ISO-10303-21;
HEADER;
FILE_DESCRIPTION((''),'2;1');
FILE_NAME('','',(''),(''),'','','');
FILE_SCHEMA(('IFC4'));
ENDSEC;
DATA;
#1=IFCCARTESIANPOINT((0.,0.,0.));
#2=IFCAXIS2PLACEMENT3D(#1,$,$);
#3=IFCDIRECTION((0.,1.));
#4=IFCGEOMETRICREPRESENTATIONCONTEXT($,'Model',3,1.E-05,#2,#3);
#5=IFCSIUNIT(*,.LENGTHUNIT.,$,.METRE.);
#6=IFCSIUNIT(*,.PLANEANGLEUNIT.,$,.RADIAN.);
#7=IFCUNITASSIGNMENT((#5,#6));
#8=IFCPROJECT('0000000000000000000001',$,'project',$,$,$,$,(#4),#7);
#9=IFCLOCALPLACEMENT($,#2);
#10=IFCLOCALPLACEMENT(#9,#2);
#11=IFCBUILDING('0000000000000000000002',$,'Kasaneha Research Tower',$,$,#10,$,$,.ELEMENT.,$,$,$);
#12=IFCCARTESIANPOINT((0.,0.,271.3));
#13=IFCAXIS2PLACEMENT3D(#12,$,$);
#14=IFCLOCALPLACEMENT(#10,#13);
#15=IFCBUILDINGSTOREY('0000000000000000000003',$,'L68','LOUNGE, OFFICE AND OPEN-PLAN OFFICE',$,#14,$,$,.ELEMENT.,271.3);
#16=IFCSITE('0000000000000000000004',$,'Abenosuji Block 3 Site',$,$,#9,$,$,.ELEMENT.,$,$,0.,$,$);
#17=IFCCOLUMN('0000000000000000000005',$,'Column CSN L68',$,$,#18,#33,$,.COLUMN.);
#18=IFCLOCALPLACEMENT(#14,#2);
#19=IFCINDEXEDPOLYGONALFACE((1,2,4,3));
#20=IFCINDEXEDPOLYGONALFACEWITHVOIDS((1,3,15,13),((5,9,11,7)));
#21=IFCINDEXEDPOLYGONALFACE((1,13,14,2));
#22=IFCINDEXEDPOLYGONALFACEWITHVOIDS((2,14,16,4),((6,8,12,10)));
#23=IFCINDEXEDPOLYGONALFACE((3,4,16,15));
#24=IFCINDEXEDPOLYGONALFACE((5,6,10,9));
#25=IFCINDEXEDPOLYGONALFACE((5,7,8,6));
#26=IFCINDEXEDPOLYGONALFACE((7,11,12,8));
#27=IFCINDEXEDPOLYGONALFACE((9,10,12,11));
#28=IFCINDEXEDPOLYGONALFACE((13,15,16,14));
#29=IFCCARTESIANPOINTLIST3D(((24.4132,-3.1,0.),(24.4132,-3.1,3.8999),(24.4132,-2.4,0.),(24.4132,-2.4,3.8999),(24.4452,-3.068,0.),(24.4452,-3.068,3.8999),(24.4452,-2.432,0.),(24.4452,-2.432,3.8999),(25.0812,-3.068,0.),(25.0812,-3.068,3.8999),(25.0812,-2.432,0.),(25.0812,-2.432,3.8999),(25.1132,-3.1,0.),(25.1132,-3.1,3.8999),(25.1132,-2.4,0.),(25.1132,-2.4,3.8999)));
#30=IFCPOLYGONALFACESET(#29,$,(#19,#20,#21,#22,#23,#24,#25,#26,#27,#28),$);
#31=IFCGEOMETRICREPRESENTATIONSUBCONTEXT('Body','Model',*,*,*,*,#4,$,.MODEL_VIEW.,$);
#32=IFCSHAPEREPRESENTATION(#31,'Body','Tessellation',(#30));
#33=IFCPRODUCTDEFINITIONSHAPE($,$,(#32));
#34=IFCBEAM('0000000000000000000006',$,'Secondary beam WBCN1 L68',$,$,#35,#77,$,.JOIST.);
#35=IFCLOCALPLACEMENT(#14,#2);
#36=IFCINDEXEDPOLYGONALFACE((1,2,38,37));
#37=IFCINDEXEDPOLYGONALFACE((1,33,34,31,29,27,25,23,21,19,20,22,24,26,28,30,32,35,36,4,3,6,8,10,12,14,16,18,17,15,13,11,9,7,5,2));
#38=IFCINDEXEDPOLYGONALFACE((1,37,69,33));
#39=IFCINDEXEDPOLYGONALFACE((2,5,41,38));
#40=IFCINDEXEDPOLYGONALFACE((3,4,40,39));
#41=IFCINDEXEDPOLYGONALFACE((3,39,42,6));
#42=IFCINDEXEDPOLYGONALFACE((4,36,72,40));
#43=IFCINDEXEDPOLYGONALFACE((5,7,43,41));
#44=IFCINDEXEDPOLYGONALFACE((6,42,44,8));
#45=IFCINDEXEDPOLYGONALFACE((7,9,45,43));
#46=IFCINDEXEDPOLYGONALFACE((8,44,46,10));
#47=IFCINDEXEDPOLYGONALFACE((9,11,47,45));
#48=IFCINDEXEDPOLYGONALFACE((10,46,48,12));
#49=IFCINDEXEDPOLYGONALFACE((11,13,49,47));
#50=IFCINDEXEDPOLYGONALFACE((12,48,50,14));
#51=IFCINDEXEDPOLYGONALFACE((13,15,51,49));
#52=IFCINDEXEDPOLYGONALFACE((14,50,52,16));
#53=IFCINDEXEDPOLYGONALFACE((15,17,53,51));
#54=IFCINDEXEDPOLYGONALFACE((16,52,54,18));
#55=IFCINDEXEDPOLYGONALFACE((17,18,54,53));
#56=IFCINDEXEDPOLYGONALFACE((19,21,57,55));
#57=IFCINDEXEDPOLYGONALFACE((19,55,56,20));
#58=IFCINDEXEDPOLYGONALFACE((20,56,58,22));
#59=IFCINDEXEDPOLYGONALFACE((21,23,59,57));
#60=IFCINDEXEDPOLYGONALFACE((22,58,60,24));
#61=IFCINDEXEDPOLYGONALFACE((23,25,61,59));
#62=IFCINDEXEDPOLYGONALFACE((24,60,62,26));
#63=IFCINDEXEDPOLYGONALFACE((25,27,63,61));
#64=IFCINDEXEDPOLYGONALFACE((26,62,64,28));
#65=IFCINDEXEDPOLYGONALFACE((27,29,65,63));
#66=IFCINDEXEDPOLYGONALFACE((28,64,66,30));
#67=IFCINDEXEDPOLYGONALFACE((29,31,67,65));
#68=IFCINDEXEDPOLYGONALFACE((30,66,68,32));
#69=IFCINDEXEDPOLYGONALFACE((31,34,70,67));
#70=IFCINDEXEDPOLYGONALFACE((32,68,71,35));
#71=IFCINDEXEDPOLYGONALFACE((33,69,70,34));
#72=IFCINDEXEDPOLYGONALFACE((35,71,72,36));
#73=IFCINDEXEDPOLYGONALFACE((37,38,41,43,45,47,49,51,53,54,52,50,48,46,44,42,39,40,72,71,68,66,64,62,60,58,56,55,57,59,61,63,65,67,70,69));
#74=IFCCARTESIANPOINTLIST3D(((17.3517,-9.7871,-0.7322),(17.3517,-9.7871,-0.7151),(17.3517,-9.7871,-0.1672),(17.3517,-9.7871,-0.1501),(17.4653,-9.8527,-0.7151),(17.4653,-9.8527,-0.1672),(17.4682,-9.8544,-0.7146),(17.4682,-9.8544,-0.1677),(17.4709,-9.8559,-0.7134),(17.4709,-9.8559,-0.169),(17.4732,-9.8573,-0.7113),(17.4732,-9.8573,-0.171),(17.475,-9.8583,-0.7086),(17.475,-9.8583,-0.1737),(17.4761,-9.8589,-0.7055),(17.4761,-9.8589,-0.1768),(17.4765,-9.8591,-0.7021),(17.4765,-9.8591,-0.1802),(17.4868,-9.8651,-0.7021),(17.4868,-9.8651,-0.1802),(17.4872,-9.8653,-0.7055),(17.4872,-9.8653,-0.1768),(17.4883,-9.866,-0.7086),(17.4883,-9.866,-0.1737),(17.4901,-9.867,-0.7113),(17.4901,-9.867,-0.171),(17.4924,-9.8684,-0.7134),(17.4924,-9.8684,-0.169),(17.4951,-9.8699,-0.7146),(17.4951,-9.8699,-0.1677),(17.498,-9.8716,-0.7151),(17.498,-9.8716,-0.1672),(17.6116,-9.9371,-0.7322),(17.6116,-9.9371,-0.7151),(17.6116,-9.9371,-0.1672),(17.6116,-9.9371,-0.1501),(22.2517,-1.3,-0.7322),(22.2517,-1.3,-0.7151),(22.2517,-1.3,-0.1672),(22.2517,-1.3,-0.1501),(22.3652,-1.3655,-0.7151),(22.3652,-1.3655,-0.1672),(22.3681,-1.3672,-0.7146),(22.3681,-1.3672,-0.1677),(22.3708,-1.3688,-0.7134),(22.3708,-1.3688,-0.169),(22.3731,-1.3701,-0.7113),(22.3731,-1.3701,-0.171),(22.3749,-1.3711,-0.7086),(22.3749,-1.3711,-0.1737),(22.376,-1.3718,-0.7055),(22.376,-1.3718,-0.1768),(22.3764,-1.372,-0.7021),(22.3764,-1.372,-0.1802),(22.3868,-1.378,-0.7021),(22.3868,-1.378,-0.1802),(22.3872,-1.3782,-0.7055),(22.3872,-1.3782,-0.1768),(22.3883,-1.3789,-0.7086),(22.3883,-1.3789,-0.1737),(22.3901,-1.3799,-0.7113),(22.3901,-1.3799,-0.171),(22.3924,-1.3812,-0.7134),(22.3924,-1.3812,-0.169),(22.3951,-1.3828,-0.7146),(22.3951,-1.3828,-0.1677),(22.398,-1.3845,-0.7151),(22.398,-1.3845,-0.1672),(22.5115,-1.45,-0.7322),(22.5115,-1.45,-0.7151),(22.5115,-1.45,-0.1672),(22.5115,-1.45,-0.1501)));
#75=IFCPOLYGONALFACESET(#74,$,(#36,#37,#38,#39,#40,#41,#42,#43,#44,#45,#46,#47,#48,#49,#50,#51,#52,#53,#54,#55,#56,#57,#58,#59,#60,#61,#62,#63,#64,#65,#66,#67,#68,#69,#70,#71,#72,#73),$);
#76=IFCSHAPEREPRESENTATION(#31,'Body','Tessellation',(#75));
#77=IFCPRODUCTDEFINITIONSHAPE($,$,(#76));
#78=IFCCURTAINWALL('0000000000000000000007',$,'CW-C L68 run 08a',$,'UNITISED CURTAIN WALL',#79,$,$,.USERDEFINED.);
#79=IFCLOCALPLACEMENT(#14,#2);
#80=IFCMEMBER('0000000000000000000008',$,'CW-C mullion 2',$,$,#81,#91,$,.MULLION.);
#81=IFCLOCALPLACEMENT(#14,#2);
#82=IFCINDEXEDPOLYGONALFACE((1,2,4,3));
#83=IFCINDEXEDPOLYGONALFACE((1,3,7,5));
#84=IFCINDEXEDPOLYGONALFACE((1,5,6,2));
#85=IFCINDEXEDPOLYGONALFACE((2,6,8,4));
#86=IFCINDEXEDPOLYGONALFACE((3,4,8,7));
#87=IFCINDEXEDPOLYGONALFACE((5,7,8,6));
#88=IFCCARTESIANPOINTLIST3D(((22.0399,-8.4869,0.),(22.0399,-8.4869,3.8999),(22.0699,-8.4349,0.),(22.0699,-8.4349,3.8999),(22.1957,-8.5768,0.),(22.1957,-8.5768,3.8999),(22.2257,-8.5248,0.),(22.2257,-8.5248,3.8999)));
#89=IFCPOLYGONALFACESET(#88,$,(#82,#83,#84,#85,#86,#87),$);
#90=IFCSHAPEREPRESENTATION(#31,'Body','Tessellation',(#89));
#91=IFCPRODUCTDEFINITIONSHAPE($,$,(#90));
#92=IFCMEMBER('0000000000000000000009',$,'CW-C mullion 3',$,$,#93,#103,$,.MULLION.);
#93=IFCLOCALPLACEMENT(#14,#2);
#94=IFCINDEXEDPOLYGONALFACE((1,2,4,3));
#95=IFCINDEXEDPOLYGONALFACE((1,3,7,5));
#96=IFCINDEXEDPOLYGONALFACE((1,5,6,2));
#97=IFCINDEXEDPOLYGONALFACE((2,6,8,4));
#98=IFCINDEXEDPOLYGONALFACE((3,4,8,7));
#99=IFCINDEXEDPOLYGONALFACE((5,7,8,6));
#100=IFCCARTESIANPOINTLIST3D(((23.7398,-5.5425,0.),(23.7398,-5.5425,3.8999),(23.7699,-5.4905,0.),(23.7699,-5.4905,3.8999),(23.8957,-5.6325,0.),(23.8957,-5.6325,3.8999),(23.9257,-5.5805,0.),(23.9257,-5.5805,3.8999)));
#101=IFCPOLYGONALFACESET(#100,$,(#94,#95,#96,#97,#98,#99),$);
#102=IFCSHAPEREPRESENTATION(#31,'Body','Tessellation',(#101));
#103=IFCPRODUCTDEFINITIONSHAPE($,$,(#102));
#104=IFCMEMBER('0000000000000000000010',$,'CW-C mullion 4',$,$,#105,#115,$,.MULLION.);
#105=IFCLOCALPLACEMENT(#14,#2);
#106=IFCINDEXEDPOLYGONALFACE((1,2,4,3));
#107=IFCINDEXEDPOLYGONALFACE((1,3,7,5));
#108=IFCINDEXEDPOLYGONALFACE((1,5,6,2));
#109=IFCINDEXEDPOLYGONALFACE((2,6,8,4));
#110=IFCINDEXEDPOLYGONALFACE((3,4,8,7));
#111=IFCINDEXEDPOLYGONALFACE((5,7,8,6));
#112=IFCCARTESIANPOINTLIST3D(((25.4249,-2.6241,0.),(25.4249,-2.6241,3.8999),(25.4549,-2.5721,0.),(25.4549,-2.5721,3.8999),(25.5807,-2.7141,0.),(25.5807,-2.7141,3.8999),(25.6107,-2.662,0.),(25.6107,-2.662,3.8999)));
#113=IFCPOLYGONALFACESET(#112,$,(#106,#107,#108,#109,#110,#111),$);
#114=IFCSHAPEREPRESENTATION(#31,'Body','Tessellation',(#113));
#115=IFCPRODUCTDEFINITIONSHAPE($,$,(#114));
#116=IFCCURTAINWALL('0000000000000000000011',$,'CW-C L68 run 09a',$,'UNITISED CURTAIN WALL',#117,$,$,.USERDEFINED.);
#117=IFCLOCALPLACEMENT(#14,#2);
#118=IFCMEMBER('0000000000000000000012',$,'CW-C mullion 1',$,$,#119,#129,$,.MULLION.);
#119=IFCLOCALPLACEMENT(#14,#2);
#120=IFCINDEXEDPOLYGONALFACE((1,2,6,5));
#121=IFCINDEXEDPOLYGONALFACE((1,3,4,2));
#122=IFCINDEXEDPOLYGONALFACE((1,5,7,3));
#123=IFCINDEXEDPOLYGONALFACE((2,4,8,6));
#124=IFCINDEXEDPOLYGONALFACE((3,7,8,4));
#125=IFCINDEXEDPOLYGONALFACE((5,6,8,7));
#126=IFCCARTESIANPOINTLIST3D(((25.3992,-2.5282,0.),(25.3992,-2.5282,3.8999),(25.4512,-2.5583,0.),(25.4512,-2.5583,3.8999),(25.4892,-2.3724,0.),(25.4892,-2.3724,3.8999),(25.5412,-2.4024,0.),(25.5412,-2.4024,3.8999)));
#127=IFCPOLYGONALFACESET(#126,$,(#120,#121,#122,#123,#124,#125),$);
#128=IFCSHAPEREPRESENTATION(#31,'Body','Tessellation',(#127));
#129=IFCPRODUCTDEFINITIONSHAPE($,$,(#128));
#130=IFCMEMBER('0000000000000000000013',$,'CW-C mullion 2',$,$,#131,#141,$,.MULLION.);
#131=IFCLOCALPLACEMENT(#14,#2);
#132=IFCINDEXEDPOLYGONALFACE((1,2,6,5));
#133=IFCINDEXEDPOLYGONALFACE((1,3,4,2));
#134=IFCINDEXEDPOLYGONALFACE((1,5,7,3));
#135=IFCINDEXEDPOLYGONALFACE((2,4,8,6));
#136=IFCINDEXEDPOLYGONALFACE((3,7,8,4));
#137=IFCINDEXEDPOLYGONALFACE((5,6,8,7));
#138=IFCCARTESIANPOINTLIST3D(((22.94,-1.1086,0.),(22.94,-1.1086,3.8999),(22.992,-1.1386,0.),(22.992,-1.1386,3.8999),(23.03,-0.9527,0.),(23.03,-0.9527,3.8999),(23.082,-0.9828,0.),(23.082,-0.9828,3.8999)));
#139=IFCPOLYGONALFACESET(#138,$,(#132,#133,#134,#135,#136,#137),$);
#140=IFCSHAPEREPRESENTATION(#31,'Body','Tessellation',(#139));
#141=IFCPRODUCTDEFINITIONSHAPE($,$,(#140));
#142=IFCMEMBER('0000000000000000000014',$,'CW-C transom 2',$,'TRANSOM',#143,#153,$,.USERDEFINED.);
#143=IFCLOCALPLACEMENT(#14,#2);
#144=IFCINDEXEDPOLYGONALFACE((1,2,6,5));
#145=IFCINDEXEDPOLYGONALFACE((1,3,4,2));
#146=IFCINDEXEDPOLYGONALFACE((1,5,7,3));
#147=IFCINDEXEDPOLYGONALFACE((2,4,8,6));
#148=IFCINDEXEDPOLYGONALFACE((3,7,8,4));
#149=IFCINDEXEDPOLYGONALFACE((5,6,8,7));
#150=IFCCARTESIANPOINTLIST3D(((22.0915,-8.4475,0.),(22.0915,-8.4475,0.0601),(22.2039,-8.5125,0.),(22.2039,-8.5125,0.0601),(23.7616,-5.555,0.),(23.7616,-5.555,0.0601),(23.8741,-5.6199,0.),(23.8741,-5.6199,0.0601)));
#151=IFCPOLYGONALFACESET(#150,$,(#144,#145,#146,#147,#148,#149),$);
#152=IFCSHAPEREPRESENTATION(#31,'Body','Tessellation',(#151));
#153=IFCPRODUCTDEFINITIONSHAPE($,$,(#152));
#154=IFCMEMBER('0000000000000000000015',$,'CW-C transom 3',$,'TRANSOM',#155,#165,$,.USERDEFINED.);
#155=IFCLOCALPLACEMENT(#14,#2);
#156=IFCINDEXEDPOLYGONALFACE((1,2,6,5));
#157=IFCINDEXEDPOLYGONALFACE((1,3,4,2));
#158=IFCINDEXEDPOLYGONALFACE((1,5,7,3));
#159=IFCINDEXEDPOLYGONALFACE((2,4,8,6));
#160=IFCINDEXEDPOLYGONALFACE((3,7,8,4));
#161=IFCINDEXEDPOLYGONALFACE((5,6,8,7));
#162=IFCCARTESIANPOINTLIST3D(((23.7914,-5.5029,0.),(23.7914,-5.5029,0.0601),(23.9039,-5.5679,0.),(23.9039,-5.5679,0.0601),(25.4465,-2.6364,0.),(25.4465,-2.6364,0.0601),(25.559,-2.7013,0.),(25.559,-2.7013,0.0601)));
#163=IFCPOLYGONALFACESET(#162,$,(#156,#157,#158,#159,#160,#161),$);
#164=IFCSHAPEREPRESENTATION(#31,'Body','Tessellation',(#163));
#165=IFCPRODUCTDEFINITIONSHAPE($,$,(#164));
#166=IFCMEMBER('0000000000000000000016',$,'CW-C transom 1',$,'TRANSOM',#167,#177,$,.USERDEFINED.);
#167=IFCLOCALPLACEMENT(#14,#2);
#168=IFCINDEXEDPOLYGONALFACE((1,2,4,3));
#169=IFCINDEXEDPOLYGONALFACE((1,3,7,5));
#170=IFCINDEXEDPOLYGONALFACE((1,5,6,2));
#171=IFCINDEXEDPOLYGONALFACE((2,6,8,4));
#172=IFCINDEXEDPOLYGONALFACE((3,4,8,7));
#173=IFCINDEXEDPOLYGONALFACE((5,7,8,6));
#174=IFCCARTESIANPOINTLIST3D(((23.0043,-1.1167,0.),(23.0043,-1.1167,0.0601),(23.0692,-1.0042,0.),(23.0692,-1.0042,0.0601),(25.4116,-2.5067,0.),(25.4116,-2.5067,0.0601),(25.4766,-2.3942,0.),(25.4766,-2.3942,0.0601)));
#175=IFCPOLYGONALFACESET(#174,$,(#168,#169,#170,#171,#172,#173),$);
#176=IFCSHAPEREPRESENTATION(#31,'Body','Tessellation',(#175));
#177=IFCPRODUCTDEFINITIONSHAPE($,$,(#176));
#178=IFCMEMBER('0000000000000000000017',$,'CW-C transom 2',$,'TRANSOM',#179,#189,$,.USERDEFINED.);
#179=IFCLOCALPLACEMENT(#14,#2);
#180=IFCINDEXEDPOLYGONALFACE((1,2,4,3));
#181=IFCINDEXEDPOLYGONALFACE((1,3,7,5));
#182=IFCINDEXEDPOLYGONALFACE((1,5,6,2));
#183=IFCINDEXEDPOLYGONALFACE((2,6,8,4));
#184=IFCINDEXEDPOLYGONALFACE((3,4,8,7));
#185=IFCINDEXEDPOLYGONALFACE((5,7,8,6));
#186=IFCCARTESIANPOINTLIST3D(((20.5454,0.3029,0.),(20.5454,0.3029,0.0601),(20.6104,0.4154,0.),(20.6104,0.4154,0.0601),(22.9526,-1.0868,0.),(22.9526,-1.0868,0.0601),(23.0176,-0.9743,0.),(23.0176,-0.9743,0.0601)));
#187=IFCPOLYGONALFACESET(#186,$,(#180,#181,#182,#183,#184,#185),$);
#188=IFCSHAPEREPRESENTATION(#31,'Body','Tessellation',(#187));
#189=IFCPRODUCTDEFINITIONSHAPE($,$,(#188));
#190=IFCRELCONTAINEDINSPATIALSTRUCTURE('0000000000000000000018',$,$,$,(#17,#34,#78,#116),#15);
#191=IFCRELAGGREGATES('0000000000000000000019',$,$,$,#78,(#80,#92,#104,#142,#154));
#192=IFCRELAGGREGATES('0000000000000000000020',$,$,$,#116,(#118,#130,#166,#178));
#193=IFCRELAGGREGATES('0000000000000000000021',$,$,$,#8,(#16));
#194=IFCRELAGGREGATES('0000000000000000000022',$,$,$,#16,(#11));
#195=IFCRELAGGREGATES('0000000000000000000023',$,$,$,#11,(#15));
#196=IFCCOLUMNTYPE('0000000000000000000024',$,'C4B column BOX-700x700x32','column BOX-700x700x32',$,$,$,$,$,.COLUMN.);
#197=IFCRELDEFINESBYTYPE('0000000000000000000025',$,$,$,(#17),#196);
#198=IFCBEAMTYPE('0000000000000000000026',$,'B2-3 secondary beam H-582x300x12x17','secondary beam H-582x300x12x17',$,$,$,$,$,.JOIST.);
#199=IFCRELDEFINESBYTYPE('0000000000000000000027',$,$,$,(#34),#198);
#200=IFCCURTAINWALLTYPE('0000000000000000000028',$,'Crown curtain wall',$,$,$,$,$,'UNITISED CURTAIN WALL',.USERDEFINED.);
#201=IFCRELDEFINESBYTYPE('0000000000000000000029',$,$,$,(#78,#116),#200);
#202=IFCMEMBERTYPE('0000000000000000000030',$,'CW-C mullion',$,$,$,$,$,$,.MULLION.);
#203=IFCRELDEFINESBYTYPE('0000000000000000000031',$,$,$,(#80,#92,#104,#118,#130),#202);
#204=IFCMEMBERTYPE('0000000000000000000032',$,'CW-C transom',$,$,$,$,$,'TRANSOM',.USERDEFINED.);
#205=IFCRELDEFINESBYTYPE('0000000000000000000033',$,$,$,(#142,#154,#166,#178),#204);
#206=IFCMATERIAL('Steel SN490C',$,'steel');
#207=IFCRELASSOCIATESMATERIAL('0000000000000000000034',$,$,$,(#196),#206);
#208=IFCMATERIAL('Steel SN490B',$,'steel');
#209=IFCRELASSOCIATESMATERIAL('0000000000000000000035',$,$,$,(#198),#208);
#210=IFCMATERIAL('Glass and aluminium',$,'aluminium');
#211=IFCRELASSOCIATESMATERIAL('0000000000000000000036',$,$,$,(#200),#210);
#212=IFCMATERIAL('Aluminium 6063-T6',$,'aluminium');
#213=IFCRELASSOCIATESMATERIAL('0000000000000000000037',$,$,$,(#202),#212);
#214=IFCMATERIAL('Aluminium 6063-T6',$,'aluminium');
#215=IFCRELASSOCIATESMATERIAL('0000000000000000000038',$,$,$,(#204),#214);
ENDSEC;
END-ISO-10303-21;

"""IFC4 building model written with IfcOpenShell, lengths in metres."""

from ifc_helpers import new_model, si_unit, direction, frame, origin, origin_2d, place, context, subcontext, project, spatial, rectangle, hollow_rectangle, i_section, extrude, material, material_profile, profile_set, type_object, element, aggregate, save


model = new_model("IFC4")

# Units and contexts
model_context = context("Model", 3, precision=1e-05, world=origin(), true_north=direction((0.0, 1.0)))
body_context = subcontext(model_context, "Body", "Model", "MODEL_VIEW")
ifc_project = project(units=[si_unit("LENGTHUNIT", "METRE"), si_unit("PLANEANGLEUNIT", "RADIAN")], contexts=[model_context])

# Site, building, storey
site_placement = place(None, origin())
site = spatial("IfcSite", under=ifc_project, at=site_placement, Name="Abenosuji Block 3 Site", CompositionType="ELEMENT", RefElevation=0.0)
building_placement = place(site_placement, origin())
building = spatial("IfcBuilding", under=site, at=building_placement, Name="Kasaneha Research Tower", CompositionType="ELEMENT")
storey_placement = place(building_placement, frame((0.0, 0.0, 271.3)))
storey = spatial("IfcBuildingStorey", under=building, at=storey_placement, Name="L68", Description="LOUNGE, OFFICE AND OPEN-PLAN OFFICE", CompositionType="ELEMENT", Elevation=271.3)

# Column
ifc_material_1 = material(Name="Steel SN490C", Category="steel")
ifc_material_profile_1 = material_profile(ifc_material_1, hollow_rectangle(XDim=0.7, YDim=0.7, WallThickness=0.032, at=origin_2d()), Name="BOX-700x700x32")
ifc_profile_set_1 = profile_set([ifc_material_profile_1], Name="Steel SN490C")
column_type = type_object("IfcColumnType", Name="C4B column BOX-700x700x32", Description="column BOX-700x700x32", PredefinedType="COLUMN", material=ifc_profile_set_1)
column_placement = place(storey_placement, frame((24.7632, -2.75, 0.0), z_axis=(0.0, 0.0, 1.0), x_axis=(1.0, 0.0, 0.0)))
element("IfcColumn", 1, at=column_placement, inside=storey, type_object=column_type, Name="Column CSN L68", PredefinedType="COLUMN", context=body_context, shape_type="SweptSolid", body=[
    extrude(hollow_rectangle(XDim=0.7, YDim=0.7, WallThickness=0.032, at=origin_2d()), origin(), (0.0, 0.0, 1.0), 3.8999),
])

# Beam
ifc_material_2 = material(Name="Steel SN490B", Category="steel")
ifc_material_profile_2 = material_profile(ifc_material_2, i_section(OverallWidth=0.3, OverallDepth=0.582, WebThickness=0.012, FlangeThickness=0.0171, FilletRadius=0.0129, at=origin_2d()), Name="H-582x300x12x17")
ifc_profile_set_2 = profile_set([ifc_material_profile_2], Name="Steel SN490B")
beam_type_1 = type_object("IfcBeamType", Name="B2-3 secondary beam H-582x300x12x17", Description="secondary beam H-582x300x12x17", PredefinedType="JOIST", material=ifc_profile_set_2)
beam_1_placement = place(storey_placement, frame((22.3816, -1.375, -0.4412), z_axis=(-0.499992, -0.86603, 0.0), x_axis=(0.86603, -0.499992, 0.0)))
element("IfcBeam", 2, at=beam_1_placement, inside=storey, type_object=beam_type_1, Name="Secondary beam WBCN1 L68", PredefinedType="JOIST", context=body_context, shape_type="SweptSolid", body=[
    extrude(i_section(OverallWidth=0.3, OverallDepth=0.582, WebThickness=0.012, FlangeThickness=0.0171, FilletRadius=0.0129, at=origin_2d()), origin(), (0.0, 0.0, 1.0), 9.8),
])

# Curtain walls, members
ifc_material_3 = material(Name="Glass and aluminium", Category="aluminium")
curtain_wall_type = type_object("IfcCurtainWallType", Name="Crown curtain wall", ElementType="UNITISED CURTAIN WALL", PredefinedType="USERDEFINED", material=ifc_material_3)
curtain_wall_1_placement = place(storey_placement, origin())
curtain_wall_1 = element("IfcCurtainWall", 3, at=curtain_wall_1_placement, inside=storey, type_object=curtain_wall_type, Name="CW-C L68 run 08a", ObjectType="UNITISED CURTAIN WALL", PredefinedType="USERDEFINED")
ifc_material_4 = material(Name="Aluminium 6063-T6", Category="aluminium")
ifc_material_profile_3 = material_profile(ifc_material_4, rectangle(XDim=0.0601, YDim=0.1799, at=origin_2d()), Name="CW-C mullion 60x180")
ifc_profile_set_3 = profile_set([ifc_material_profile_3], Name="Aluminium 6063-T6")
member_type_1 = type_object("IfcMemberType", Name="CW-C mullion", PredefinedType="MULLION", material=ifc_profile_set_3)
member_1_placement = place(storey_placement, frame((22.1328, -8.5059, 0.0), z_axis=(0.0, 0.0, 1.0), x_axis=(0.5, 0.866025, 0.0)))
member_1 = element("IfcMember", 4, at=member_1_placement, type_object=member_type_1, Name="CW-C mullion 2", PredefinedType="MULLION", context=body_context, shape_type="SweptSolid", body=[
    extrude(rectangle(XDim=0.0601, YDim=0.1799, at=origin_2d()), origin(), (0.0, 0.0, 1.0), 3.8999),
])
member_2_placement = place(storey_placement, frame((23.8328, -5.5615, 0.0), z_axis=(0.0, 0.0, 1.0), x_axis=(0.5, 0.866025, 0.0)))
member_2 = element("IfcMember", 5, at=member_2_placement, type_object=member_type_1, Name="CW-C mullion 3", PredefinedType="MULLION", context=body_context, shape_type="SweptSolid", body=[
    extrude(rectangle(XDim=0.0601, YDim=0.1799, at=origin_2d()), origin(), (0.0, 0.0, 1.0), 3.8999),
])
member_3_placement = place(storey_placement, frame((25.5178, -2.6431, 0.0), z_axis=(0.0, 0.0, 1.0), x_axis=(0.5, 0.866025, 0.0)))
member_3 = element("IfcMember", 6, at=member_3_placement, type_object=member_type_1, Name="CW-C mullion 4", PredefinedType="MULLION", context=body_context, shape_type="SweptSolid", body=[
    extrude(rectangle(XDim=0.0601, YDim=0.1799, at=origin_2d()), origin(), (0.0, 0.0, 1.0), 3.8999),
])
curtain_wall_2_placement = place(storey_placement, origin())
curtain_wall_2 = element("IfcCurtainWall", 7, at=curtain_wall_2_placement, inside=storey, type_object=curtain_wall_type, Name="CW-C L68 run 09a", ObjectType="UNITISED CURTAIN WALL", PredefinedType="USERDEFINED")
member_4_placement = place(storey_placement, frame((25.4702, -2.4653, 0.0), z_axis=(0.0, 0.0, 1.0), x_axis=(-0.866025, 0.5, 0.0)))
member_4 = element("IfcMember", 8, at=member_4_placement, type_object=member_type_1, Name="CW-C mullion 1", PredefinedType="MULLION", context=body_context, shape_type="SweptSolid", body=[
    extrude(rectangle(XDim=0.0601, YDim=0.1799, at=origin_2d()), origin(), (0.0, 0.0, 1.0), 3.8999),
])
member_5_placement = place(storey_placement, frame((23.011, -1.0457, 0.0), z_axis=(0.0, 0.0, 1.0), x_axis=(-0.866025, 0.5, 0.0)))
member_5 = element("IfcMember", 9, at=member_5_placement, type_object=member_type_1, Name="CW-C mullion 2", PredefinedType="MULLION", context=body_context, shape_type="SweptSolid", body=[
    extrude(rectangle(XDim=0.0601, YDim=0.1799, at=origin_2d()), origin(), (0.0, 0.0, 1.0), 3.8999),
])

# Members
ifc_material_5 = material(Name="Aluminium 6063-T6", Category="aluminium")
ifc_material_profile_4 = material_profile(ifc_material_5, rectangle(XDim=0.1299, YDim=0.0601, at=origin_2d()), Name="CW-C transom 130x60")
ifc_profile_set_4 = profile_set([ifc_material_profile_4], Name="Aluminium 6063-T6")
member_type_2 = type_object("IfcMemberType", Name="CW-C transom", ElementType="TRANSOM", PredefinedType="USERDEFINED", material=ifc_profile_set_4)
member_6_placement = place(storey_placement, frame((22.1477, -8.48, 0.03), z_axis=(0.50003, 0.866008, 0.0), x_axis=(-0.866008, 0.50003, 0.0)))
member_6 = element("IfcMember", 10, at=member_6_placement, type_object=member_type_2, Name="CW-C transom 2", ObjectType="TRANSOM", PredefinedType="USERDEFINED", context=body_context, shape_type="SweptSolid", body=[
    extrude(rectangle(XDim=0.1299, YDim=0.0601, at=origin_2d()), origin(), (0.0, 0.0, 1.0), 3.3401),
])
member_7_placement = place(storey_placement, frame((23.8477, -5.5354, 0.03), z_axis=(0.500018, 0.866015, 0.0), x_axis=(-0.866015, 0.500018, 0.0)))
member_7 = element("IfcMember", 11, at=member_7_placement, type_object=member_type_2, Name="CW-C transom 3", ObjectType="TRANSOM", PredefinedType="USERDEFINED", context=body_context, shape_type="SweptSolid", body=[
    extrude(rectangle(XDim=0.1299, YDim=0.0601, at=origin_2d()), origin(), (0.0, 0.0, 1.0), 3.3101),
])
member_8_placement = place(storey_placement, frame((25.4441, -2.4504, 0.03), z_axis=(-0.866013, 0.500021, 0.0), x_axis=(-0.500021, -0.866013, 0.0)))
member_8 = element("IfcMember", 12, at=member_8_placement, type_object=member_type_2, Name="CW-C transom 1", ObjectType="TRANSOM", PredefinedType="USERDEFINED", context=body_context, shape_type="SweptSolid", body=[
    extrude(rectangle(XDim=0.1299, YDim=0.0601, at=origin_2d()), origin(), (0.0, 0.0, 1.0), 2.7798),
])
member_9_placement = place(storey_placement, frame((22.9851, -1.0305, 0.03), z_axis=(-0.866051, 0.499956, 0.0), x_axis=(-0.499956, -0.866051, 0.0)))
member_9 = element("IfcMember", 13, at=member_9_placement, type_object=member_type_2, Name="CW-C transom 2", ObjectType="TRANSOM", PredefinedType="USERDEFINED", context=body_context, shape_type="SweptSolid", body=[
    extrude(rectangle(XDim=0.1299, YDim=0.0601, at=origin_2d()), origin(), (0.0, 0.0, 1.0), 2.7795),
])

aggregate(curtain_wall_1, [member_1, member_2, member_3, member_6, member_7])
aggregate(curtain_wall_2, [member_4, member_5, member_8, member_9])

save(model, "model.ifc")
